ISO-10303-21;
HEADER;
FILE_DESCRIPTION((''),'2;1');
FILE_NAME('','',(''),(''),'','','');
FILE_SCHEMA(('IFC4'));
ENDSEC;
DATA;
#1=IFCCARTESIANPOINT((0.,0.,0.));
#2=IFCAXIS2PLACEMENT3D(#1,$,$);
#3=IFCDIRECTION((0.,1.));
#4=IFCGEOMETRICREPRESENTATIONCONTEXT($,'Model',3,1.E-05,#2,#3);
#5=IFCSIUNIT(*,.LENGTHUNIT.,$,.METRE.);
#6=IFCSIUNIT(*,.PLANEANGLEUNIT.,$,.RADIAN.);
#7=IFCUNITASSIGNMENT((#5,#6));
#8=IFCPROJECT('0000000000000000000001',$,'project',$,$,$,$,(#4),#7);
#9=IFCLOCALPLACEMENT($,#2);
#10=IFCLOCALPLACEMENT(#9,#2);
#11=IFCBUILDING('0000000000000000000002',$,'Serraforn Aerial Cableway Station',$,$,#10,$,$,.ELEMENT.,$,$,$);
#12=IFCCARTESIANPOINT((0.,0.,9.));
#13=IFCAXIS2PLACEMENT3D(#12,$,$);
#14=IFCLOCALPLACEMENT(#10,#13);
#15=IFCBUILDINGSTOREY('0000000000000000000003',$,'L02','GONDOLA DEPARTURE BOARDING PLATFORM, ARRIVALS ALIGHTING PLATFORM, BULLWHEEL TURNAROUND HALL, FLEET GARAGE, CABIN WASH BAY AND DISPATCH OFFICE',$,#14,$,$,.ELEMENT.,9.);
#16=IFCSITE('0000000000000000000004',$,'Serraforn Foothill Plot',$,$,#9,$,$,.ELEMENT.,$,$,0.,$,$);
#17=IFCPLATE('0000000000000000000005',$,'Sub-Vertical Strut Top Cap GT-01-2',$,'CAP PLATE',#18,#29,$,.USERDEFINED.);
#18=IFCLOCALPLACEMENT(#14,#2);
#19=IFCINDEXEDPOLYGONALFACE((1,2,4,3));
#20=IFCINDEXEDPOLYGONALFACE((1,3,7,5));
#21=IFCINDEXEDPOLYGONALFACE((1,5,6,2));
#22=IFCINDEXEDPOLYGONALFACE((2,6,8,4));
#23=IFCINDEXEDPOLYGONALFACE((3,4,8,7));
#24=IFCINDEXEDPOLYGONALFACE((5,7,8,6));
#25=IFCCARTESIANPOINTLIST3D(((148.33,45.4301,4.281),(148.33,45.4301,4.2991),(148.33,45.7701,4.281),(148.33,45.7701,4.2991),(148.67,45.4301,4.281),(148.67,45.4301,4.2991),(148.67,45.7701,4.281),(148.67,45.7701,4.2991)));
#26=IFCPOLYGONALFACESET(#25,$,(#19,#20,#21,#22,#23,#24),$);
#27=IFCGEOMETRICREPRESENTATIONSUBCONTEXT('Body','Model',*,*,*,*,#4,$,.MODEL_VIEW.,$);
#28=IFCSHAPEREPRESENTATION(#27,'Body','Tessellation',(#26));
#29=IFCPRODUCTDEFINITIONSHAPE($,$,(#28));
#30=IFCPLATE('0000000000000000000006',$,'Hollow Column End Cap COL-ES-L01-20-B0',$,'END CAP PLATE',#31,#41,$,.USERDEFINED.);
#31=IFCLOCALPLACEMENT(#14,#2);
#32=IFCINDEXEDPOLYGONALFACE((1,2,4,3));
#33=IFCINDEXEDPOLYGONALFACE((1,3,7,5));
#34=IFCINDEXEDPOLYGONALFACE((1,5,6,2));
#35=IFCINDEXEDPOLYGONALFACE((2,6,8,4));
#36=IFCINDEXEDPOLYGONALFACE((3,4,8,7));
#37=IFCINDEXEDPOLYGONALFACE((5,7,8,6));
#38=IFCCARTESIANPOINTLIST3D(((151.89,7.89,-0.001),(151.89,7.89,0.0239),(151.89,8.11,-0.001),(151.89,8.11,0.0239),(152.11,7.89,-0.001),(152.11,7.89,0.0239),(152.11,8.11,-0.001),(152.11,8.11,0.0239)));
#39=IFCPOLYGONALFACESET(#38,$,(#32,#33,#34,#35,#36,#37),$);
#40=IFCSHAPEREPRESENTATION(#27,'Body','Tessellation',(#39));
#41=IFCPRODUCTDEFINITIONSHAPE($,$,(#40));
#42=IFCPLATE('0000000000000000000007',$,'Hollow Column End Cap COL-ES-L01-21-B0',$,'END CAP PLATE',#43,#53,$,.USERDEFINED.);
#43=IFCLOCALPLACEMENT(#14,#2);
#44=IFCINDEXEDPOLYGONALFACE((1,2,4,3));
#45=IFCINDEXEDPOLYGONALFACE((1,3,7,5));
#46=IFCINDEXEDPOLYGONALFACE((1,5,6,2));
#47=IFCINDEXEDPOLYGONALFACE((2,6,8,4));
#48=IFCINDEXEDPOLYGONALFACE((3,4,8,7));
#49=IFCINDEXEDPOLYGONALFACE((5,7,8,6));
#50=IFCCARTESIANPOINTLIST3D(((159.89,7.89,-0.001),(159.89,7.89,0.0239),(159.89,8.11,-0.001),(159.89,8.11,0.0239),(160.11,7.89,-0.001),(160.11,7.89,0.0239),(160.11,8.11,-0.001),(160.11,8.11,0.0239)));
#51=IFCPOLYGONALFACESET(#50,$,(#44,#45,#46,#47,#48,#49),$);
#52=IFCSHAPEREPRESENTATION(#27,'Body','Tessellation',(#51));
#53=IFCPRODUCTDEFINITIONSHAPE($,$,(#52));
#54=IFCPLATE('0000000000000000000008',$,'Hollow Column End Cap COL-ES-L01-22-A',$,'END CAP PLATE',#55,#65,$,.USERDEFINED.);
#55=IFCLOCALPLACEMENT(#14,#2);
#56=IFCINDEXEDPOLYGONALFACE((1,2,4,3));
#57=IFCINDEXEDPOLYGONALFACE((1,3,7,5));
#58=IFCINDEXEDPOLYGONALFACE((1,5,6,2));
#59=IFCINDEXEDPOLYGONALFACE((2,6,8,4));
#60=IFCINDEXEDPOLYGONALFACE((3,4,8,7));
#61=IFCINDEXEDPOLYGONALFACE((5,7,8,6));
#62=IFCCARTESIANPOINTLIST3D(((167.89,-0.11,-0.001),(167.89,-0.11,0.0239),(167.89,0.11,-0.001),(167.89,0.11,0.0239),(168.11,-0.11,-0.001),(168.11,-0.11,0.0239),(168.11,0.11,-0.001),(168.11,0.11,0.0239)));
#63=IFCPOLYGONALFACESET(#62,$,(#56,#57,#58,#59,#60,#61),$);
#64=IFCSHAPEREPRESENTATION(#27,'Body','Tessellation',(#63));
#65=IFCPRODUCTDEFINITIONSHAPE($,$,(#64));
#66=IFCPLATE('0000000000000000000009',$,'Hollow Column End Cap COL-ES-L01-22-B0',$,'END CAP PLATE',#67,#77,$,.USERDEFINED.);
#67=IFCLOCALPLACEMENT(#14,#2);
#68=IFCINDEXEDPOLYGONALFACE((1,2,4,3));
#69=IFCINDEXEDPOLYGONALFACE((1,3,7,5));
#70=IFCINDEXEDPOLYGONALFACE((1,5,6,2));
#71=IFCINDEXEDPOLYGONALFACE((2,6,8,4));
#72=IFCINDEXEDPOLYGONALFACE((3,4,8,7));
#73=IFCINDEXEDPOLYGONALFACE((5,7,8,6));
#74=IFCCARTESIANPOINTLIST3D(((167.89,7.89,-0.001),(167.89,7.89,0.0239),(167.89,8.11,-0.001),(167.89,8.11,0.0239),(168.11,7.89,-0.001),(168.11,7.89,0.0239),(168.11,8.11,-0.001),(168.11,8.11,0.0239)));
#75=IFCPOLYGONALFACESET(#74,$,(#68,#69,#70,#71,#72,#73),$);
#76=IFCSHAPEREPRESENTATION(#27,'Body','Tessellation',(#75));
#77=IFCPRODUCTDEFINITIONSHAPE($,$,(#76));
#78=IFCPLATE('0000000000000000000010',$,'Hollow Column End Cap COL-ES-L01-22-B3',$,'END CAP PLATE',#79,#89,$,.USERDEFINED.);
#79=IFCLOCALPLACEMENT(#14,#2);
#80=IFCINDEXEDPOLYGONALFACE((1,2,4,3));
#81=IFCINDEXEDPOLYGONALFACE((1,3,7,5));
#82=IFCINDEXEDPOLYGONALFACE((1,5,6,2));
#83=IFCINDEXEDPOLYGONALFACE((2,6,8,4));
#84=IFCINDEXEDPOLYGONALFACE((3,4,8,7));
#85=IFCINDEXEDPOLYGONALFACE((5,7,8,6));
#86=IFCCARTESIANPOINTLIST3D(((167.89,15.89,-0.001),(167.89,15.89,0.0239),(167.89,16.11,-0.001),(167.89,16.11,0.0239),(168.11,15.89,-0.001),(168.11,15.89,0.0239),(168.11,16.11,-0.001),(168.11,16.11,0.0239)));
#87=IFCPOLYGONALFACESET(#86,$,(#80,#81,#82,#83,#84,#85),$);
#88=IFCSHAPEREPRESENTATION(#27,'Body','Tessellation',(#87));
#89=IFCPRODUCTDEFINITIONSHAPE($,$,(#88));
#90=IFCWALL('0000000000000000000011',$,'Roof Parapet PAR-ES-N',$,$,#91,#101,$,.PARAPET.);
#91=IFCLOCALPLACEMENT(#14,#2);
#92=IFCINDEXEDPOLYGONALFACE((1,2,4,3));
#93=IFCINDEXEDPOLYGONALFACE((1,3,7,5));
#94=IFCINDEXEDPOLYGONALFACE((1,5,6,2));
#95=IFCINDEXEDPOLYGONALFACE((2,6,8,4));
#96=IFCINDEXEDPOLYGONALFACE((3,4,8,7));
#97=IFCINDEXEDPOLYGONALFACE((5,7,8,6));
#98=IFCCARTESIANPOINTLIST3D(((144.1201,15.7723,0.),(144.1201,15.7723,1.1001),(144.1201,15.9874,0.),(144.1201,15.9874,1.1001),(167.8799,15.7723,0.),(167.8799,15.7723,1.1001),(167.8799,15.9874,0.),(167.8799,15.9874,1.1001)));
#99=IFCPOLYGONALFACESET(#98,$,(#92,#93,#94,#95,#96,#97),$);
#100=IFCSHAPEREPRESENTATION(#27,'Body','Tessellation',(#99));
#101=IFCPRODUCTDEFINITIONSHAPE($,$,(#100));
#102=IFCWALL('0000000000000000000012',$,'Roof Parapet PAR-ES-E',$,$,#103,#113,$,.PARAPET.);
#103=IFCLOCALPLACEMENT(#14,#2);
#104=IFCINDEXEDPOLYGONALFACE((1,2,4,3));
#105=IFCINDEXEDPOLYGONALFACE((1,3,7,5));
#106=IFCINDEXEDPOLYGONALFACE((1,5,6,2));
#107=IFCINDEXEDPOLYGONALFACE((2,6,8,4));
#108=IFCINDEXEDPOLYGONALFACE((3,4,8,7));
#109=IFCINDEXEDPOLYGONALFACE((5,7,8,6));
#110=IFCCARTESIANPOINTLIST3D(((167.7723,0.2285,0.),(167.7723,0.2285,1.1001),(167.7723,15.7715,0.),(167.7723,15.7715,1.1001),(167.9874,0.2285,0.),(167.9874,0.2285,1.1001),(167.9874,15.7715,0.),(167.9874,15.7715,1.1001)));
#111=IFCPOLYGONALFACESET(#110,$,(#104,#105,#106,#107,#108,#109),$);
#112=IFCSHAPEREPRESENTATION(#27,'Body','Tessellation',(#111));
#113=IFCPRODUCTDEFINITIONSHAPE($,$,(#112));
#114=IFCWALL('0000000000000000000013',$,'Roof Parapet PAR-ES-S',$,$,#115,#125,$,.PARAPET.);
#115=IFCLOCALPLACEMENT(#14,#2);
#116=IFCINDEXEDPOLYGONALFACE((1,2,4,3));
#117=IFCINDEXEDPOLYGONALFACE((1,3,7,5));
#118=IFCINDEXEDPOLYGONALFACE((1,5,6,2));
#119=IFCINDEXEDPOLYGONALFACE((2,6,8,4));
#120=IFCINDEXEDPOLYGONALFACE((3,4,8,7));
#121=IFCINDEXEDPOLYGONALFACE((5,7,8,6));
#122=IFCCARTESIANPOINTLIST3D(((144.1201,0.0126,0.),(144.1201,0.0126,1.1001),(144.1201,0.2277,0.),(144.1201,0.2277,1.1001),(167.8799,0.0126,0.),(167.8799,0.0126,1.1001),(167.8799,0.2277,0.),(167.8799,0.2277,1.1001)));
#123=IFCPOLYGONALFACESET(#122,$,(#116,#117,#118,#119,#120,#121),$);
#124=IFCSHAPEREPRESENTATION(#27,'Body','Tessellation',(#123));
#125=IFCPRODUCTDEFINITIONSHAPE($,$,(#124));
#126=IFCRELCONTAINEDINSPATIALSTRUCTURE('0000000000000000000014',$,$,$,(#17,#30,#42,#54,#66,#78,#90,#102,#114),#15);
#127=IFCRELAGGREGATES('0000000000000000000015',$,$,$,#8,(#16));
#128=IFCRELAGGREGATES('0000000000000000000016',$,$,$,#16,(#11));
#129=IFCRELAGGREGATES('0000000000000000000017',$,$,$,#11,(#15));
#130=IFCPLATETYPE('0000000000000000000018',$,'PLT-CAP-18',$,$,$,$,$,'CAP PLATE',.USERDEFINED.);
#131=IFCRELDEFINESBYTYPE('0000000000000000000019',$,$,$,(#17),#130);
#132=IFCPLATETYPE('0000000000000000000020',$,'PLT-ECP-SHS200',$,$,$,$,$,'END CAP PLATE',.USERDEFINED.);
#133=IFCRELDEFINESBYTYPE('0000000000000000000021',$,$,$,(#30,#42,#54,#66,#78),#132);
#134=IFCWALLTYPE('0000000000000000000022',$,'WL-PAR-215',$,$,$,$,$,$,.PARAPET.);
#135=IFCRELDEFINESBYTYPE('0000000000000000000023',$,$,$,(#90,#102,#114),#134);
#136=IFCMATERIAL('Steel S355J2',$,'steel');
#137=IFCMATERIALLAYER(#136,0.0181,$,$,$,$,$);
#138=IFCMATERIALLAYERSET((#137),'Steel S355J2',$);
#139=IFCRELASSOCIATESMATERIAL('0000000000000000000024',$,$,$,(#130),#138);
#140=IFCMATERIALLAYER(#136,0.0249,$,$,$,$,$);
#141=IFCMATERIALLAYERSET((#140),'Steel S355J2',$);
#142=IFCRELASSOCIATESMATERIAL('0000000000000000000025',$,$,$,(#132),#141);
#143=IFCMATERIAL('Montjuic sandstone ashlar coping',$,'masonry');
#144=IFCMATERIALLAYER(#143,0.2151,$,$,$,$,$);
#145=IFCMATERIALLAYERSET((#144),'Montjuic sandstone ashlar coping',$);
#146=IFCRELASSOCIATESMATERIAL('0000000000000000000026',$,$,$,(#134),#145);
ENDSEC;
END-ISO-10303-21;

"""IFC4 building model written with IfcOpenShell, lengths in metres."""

from ifc_helpers import new_model, si_unit, direction, frame, frame_2d, origin, origin_2d, place, context, subcontext, project, spatial, rectangle, extrude, material, layer, layer_set, type_object, element, save


model = new_model("IFC4")

# Units and contexts
model_context = context("Model", 3, precision=1e-05, world=origin(), true_north=direction((0.0, 1.0)))
body_context = subcontext(model_context, "Body", "Model", "MODEL_VIEW")
ifc_project = project(units=[si_unit("LENGTHUNIT", "METRE"), si_unit("PLANEANGLEUNIT", "RADIAN")], contexts=[model_context])

# Site, building, storey
site_placement = place(None, origin())
site = spatial("IfcSite", under=ifc_project, at=site_placement, Name="Serraforn Foothill Plot", CompositionType="ELEMENT", RefElevation=0.0)
building_placement = place(site_placement, origin())
building = spatial("IfcBuilding", under=site, at=building_placement, Name="Serraforn Aerial Cableway Station", CompositionType="ELEMENT")
storey_placement = place(building_placement, frame((0.0, 0.0, 9.0)))
storey = spatial("IfcBuildingStorey", under=building, at=storey_placement, Name="L02", Description="GONDOLA DEPARTURE BOARDING PLATFORM, ARRIVALS ALIGHTING PLATFORM, BULLWHEEL TURNAROUND HALL, FLEET GARAGE, CABIN WASH BAY AND DISPATCH OFFICE", CompositionType="ELEMENT", Elevation=9.0)

# Shared definitions
ifc_material_1 = material(Name="Steel S355J2", Category="steel")

# Plates
ifc_layer_1 = layer(ifc_material_1, 0.0181)
ifc_layer_set_1 = layer_set([ifc_layer_1], Name="Steel S355J2")
plate_type_1 = type_object("IfcPlateType", Name="PLT-CAP-18", ElementType="CAP PLATE", PredefinedType="USERDEFINED", material=ifc_layer_set_1)
for number, where, z_axis, x_axis, name in (
    (1, (148.5, 45.6001, 4.281), (0.0, 0.0, 1.0), (1.0, 0.0, 0.0), "Sub-Vertical Strut Top Cap GT-01-2"),
):
    element("IfcPlate", number, at=place(storey_placement, frame(where, z_axis=z_axis, x_axis=x_axis)), inside=storey, type_object=plate_type_1, Name=name, ObjectType="CAP PLATE", PredefinedType="USERDEFINED", context=body_context, shape_type="SweptSolid", body=[
        extrude(rectangle(XDim=0.3401, YDim=0.3401, at=origin_2d()), origin(), (0.0, 0.0, 1.0), 0.0181),
    ])
ifc_layer_2 = layer(ifc_material_1, 0.0249)
ifc_layer_set_2 = layer_set([ifc_layer_2], Name="Steel S355J2")
plate_type_2 = type_object("IfcPlateType", Name="PLT-ECP-SHS200", ElementType="END CAP PLATE", PredefinedType="USERDEFINED", material=ifc_layer_set_2)
for number, where, z_axis, x_axis, name in (
    (2, (152.0, 8.0, -0.001), (0.0, 0.0, 1.0), (1.0, 0.0, 0.0), "Hollow Column End Cap COL-ES-L01-20-B0"),
    (3, (160.0, 8.0, -0.001), (0.0, 0.0, 1.0), (1.0, 0.0, 0.0), "Hollow Column End Cap COL-ES-L01-21-B0"),
    (4, (168.0, 0.0, -0.001), (0.0, 0.0, 1.0), (1.0, 0.0, 0.0), "Hollow Column End Cap COL-ES-L01-22-A"),
    (5, (168.0, 8.0, -0.001), (0.0, 0.0, 1.0), (1.0, 0.0, 0.0), "Hollow Column End Cap COL-ES-L01-22-B0"),
    (6, (168.0, 16.0, -0.001), (0.0, 0.0, 1.0), (1.0, 0.0, 0.0), "Hollow Column End Cap COL-ES-L01-22-B3"),
):
    element("IfcPlate", number, at=place(storey_placement, frame(where, z_axis=z_axis, x_axis=x_axis)), inside=storey, type_object=plate_type_2, Name=name, ObjectType="END CAP PLATE", PredefinedType="USERDEFINED", context=body_context, shape_type="SweptSolid", body=[
        extrude(rectangle(XDim=0.22, YDim=0.22, at=origin_2d()), origin(), (0.0, 0.0, 1.0), 0.0249),
    ])

# Walls
ifc_material_2 = material(Name="Montjuic sandstone ashlar coping", Category="masonry")
ifc_layer_3 = layer(ifc_material_2, 0.2151)
ifc_layer_set_3 = layer_set([ifc_layer_3], Name="Montjuic sandstone ashlar coping")
wall_type = type_object("IfcWallType", Name="WL-PAR-215", PredefinedType="PARAPET", material=ifc_layer_set_3)
wall_1_placement = place(storey_placement, frame((144.1201, 15.8799, 0.0), z_axis=(0.0, 0.0, 1.0), x_axis=(1.0, 0.0, 0.0)))
element("IfcWall", 7, at=wall_1_placement, inside=storey, type_object=wall_type, Name="Roof Parapet PAR-ES-N", PredefinedType="PARAPET", context=body_context, shape_type="SweptSolid", body=[
    extrude(rectangle(XDim=23.7598, YDim=0.2151, at=frame_2d((11.8799, 0.0))), origin(), (0.0, 0.0, 1.0), 1.1001),
])
wall_2_placement = place(storey_placement, frame((167.8799, 0.2285, 0.0), z_axis=(0.0, 0.0, 1.0), x_axis=(0.0, 1.0, 0.0)))
element("IfcWall", 8, at=wall_2_placement, inside=storey, type_object=wall_type, Name="Roof Parapet PAR-ES-E", PredefinedType="PARAPET", context=body_context, shape_type="SweptSolid", body=[
    extrude(rectangle(XDim=15.543, YDim=0.2151, at=frame_2d((7.7715, 0.0))), origin(), (0.0, 0.0, 1.0), 1.1001),
])
wall_3_placement = place(storey_placement, frame((144.1201, 0.1201, 0.0), z_axis=(0.0, 0.0, 1.0), x_axis=(1.0, 0.0, 0.0)))
element("IfcWall", 9, at=wall_3_placement, inside=storey, type_object=wall_type, Name="Roof Parapet PAR-ES-S", PredefinedType="PARAPET", context=body_context, shape_type="SweptSolid", body=[
    extrude(rectangle(XDim=23.7598, YDim=0.2151, at=frame_2d((11.8799, 0.0))), origin(), (0.0, 0.0, 1.0), 1.1001),
])

save(model, "model.ifc")
